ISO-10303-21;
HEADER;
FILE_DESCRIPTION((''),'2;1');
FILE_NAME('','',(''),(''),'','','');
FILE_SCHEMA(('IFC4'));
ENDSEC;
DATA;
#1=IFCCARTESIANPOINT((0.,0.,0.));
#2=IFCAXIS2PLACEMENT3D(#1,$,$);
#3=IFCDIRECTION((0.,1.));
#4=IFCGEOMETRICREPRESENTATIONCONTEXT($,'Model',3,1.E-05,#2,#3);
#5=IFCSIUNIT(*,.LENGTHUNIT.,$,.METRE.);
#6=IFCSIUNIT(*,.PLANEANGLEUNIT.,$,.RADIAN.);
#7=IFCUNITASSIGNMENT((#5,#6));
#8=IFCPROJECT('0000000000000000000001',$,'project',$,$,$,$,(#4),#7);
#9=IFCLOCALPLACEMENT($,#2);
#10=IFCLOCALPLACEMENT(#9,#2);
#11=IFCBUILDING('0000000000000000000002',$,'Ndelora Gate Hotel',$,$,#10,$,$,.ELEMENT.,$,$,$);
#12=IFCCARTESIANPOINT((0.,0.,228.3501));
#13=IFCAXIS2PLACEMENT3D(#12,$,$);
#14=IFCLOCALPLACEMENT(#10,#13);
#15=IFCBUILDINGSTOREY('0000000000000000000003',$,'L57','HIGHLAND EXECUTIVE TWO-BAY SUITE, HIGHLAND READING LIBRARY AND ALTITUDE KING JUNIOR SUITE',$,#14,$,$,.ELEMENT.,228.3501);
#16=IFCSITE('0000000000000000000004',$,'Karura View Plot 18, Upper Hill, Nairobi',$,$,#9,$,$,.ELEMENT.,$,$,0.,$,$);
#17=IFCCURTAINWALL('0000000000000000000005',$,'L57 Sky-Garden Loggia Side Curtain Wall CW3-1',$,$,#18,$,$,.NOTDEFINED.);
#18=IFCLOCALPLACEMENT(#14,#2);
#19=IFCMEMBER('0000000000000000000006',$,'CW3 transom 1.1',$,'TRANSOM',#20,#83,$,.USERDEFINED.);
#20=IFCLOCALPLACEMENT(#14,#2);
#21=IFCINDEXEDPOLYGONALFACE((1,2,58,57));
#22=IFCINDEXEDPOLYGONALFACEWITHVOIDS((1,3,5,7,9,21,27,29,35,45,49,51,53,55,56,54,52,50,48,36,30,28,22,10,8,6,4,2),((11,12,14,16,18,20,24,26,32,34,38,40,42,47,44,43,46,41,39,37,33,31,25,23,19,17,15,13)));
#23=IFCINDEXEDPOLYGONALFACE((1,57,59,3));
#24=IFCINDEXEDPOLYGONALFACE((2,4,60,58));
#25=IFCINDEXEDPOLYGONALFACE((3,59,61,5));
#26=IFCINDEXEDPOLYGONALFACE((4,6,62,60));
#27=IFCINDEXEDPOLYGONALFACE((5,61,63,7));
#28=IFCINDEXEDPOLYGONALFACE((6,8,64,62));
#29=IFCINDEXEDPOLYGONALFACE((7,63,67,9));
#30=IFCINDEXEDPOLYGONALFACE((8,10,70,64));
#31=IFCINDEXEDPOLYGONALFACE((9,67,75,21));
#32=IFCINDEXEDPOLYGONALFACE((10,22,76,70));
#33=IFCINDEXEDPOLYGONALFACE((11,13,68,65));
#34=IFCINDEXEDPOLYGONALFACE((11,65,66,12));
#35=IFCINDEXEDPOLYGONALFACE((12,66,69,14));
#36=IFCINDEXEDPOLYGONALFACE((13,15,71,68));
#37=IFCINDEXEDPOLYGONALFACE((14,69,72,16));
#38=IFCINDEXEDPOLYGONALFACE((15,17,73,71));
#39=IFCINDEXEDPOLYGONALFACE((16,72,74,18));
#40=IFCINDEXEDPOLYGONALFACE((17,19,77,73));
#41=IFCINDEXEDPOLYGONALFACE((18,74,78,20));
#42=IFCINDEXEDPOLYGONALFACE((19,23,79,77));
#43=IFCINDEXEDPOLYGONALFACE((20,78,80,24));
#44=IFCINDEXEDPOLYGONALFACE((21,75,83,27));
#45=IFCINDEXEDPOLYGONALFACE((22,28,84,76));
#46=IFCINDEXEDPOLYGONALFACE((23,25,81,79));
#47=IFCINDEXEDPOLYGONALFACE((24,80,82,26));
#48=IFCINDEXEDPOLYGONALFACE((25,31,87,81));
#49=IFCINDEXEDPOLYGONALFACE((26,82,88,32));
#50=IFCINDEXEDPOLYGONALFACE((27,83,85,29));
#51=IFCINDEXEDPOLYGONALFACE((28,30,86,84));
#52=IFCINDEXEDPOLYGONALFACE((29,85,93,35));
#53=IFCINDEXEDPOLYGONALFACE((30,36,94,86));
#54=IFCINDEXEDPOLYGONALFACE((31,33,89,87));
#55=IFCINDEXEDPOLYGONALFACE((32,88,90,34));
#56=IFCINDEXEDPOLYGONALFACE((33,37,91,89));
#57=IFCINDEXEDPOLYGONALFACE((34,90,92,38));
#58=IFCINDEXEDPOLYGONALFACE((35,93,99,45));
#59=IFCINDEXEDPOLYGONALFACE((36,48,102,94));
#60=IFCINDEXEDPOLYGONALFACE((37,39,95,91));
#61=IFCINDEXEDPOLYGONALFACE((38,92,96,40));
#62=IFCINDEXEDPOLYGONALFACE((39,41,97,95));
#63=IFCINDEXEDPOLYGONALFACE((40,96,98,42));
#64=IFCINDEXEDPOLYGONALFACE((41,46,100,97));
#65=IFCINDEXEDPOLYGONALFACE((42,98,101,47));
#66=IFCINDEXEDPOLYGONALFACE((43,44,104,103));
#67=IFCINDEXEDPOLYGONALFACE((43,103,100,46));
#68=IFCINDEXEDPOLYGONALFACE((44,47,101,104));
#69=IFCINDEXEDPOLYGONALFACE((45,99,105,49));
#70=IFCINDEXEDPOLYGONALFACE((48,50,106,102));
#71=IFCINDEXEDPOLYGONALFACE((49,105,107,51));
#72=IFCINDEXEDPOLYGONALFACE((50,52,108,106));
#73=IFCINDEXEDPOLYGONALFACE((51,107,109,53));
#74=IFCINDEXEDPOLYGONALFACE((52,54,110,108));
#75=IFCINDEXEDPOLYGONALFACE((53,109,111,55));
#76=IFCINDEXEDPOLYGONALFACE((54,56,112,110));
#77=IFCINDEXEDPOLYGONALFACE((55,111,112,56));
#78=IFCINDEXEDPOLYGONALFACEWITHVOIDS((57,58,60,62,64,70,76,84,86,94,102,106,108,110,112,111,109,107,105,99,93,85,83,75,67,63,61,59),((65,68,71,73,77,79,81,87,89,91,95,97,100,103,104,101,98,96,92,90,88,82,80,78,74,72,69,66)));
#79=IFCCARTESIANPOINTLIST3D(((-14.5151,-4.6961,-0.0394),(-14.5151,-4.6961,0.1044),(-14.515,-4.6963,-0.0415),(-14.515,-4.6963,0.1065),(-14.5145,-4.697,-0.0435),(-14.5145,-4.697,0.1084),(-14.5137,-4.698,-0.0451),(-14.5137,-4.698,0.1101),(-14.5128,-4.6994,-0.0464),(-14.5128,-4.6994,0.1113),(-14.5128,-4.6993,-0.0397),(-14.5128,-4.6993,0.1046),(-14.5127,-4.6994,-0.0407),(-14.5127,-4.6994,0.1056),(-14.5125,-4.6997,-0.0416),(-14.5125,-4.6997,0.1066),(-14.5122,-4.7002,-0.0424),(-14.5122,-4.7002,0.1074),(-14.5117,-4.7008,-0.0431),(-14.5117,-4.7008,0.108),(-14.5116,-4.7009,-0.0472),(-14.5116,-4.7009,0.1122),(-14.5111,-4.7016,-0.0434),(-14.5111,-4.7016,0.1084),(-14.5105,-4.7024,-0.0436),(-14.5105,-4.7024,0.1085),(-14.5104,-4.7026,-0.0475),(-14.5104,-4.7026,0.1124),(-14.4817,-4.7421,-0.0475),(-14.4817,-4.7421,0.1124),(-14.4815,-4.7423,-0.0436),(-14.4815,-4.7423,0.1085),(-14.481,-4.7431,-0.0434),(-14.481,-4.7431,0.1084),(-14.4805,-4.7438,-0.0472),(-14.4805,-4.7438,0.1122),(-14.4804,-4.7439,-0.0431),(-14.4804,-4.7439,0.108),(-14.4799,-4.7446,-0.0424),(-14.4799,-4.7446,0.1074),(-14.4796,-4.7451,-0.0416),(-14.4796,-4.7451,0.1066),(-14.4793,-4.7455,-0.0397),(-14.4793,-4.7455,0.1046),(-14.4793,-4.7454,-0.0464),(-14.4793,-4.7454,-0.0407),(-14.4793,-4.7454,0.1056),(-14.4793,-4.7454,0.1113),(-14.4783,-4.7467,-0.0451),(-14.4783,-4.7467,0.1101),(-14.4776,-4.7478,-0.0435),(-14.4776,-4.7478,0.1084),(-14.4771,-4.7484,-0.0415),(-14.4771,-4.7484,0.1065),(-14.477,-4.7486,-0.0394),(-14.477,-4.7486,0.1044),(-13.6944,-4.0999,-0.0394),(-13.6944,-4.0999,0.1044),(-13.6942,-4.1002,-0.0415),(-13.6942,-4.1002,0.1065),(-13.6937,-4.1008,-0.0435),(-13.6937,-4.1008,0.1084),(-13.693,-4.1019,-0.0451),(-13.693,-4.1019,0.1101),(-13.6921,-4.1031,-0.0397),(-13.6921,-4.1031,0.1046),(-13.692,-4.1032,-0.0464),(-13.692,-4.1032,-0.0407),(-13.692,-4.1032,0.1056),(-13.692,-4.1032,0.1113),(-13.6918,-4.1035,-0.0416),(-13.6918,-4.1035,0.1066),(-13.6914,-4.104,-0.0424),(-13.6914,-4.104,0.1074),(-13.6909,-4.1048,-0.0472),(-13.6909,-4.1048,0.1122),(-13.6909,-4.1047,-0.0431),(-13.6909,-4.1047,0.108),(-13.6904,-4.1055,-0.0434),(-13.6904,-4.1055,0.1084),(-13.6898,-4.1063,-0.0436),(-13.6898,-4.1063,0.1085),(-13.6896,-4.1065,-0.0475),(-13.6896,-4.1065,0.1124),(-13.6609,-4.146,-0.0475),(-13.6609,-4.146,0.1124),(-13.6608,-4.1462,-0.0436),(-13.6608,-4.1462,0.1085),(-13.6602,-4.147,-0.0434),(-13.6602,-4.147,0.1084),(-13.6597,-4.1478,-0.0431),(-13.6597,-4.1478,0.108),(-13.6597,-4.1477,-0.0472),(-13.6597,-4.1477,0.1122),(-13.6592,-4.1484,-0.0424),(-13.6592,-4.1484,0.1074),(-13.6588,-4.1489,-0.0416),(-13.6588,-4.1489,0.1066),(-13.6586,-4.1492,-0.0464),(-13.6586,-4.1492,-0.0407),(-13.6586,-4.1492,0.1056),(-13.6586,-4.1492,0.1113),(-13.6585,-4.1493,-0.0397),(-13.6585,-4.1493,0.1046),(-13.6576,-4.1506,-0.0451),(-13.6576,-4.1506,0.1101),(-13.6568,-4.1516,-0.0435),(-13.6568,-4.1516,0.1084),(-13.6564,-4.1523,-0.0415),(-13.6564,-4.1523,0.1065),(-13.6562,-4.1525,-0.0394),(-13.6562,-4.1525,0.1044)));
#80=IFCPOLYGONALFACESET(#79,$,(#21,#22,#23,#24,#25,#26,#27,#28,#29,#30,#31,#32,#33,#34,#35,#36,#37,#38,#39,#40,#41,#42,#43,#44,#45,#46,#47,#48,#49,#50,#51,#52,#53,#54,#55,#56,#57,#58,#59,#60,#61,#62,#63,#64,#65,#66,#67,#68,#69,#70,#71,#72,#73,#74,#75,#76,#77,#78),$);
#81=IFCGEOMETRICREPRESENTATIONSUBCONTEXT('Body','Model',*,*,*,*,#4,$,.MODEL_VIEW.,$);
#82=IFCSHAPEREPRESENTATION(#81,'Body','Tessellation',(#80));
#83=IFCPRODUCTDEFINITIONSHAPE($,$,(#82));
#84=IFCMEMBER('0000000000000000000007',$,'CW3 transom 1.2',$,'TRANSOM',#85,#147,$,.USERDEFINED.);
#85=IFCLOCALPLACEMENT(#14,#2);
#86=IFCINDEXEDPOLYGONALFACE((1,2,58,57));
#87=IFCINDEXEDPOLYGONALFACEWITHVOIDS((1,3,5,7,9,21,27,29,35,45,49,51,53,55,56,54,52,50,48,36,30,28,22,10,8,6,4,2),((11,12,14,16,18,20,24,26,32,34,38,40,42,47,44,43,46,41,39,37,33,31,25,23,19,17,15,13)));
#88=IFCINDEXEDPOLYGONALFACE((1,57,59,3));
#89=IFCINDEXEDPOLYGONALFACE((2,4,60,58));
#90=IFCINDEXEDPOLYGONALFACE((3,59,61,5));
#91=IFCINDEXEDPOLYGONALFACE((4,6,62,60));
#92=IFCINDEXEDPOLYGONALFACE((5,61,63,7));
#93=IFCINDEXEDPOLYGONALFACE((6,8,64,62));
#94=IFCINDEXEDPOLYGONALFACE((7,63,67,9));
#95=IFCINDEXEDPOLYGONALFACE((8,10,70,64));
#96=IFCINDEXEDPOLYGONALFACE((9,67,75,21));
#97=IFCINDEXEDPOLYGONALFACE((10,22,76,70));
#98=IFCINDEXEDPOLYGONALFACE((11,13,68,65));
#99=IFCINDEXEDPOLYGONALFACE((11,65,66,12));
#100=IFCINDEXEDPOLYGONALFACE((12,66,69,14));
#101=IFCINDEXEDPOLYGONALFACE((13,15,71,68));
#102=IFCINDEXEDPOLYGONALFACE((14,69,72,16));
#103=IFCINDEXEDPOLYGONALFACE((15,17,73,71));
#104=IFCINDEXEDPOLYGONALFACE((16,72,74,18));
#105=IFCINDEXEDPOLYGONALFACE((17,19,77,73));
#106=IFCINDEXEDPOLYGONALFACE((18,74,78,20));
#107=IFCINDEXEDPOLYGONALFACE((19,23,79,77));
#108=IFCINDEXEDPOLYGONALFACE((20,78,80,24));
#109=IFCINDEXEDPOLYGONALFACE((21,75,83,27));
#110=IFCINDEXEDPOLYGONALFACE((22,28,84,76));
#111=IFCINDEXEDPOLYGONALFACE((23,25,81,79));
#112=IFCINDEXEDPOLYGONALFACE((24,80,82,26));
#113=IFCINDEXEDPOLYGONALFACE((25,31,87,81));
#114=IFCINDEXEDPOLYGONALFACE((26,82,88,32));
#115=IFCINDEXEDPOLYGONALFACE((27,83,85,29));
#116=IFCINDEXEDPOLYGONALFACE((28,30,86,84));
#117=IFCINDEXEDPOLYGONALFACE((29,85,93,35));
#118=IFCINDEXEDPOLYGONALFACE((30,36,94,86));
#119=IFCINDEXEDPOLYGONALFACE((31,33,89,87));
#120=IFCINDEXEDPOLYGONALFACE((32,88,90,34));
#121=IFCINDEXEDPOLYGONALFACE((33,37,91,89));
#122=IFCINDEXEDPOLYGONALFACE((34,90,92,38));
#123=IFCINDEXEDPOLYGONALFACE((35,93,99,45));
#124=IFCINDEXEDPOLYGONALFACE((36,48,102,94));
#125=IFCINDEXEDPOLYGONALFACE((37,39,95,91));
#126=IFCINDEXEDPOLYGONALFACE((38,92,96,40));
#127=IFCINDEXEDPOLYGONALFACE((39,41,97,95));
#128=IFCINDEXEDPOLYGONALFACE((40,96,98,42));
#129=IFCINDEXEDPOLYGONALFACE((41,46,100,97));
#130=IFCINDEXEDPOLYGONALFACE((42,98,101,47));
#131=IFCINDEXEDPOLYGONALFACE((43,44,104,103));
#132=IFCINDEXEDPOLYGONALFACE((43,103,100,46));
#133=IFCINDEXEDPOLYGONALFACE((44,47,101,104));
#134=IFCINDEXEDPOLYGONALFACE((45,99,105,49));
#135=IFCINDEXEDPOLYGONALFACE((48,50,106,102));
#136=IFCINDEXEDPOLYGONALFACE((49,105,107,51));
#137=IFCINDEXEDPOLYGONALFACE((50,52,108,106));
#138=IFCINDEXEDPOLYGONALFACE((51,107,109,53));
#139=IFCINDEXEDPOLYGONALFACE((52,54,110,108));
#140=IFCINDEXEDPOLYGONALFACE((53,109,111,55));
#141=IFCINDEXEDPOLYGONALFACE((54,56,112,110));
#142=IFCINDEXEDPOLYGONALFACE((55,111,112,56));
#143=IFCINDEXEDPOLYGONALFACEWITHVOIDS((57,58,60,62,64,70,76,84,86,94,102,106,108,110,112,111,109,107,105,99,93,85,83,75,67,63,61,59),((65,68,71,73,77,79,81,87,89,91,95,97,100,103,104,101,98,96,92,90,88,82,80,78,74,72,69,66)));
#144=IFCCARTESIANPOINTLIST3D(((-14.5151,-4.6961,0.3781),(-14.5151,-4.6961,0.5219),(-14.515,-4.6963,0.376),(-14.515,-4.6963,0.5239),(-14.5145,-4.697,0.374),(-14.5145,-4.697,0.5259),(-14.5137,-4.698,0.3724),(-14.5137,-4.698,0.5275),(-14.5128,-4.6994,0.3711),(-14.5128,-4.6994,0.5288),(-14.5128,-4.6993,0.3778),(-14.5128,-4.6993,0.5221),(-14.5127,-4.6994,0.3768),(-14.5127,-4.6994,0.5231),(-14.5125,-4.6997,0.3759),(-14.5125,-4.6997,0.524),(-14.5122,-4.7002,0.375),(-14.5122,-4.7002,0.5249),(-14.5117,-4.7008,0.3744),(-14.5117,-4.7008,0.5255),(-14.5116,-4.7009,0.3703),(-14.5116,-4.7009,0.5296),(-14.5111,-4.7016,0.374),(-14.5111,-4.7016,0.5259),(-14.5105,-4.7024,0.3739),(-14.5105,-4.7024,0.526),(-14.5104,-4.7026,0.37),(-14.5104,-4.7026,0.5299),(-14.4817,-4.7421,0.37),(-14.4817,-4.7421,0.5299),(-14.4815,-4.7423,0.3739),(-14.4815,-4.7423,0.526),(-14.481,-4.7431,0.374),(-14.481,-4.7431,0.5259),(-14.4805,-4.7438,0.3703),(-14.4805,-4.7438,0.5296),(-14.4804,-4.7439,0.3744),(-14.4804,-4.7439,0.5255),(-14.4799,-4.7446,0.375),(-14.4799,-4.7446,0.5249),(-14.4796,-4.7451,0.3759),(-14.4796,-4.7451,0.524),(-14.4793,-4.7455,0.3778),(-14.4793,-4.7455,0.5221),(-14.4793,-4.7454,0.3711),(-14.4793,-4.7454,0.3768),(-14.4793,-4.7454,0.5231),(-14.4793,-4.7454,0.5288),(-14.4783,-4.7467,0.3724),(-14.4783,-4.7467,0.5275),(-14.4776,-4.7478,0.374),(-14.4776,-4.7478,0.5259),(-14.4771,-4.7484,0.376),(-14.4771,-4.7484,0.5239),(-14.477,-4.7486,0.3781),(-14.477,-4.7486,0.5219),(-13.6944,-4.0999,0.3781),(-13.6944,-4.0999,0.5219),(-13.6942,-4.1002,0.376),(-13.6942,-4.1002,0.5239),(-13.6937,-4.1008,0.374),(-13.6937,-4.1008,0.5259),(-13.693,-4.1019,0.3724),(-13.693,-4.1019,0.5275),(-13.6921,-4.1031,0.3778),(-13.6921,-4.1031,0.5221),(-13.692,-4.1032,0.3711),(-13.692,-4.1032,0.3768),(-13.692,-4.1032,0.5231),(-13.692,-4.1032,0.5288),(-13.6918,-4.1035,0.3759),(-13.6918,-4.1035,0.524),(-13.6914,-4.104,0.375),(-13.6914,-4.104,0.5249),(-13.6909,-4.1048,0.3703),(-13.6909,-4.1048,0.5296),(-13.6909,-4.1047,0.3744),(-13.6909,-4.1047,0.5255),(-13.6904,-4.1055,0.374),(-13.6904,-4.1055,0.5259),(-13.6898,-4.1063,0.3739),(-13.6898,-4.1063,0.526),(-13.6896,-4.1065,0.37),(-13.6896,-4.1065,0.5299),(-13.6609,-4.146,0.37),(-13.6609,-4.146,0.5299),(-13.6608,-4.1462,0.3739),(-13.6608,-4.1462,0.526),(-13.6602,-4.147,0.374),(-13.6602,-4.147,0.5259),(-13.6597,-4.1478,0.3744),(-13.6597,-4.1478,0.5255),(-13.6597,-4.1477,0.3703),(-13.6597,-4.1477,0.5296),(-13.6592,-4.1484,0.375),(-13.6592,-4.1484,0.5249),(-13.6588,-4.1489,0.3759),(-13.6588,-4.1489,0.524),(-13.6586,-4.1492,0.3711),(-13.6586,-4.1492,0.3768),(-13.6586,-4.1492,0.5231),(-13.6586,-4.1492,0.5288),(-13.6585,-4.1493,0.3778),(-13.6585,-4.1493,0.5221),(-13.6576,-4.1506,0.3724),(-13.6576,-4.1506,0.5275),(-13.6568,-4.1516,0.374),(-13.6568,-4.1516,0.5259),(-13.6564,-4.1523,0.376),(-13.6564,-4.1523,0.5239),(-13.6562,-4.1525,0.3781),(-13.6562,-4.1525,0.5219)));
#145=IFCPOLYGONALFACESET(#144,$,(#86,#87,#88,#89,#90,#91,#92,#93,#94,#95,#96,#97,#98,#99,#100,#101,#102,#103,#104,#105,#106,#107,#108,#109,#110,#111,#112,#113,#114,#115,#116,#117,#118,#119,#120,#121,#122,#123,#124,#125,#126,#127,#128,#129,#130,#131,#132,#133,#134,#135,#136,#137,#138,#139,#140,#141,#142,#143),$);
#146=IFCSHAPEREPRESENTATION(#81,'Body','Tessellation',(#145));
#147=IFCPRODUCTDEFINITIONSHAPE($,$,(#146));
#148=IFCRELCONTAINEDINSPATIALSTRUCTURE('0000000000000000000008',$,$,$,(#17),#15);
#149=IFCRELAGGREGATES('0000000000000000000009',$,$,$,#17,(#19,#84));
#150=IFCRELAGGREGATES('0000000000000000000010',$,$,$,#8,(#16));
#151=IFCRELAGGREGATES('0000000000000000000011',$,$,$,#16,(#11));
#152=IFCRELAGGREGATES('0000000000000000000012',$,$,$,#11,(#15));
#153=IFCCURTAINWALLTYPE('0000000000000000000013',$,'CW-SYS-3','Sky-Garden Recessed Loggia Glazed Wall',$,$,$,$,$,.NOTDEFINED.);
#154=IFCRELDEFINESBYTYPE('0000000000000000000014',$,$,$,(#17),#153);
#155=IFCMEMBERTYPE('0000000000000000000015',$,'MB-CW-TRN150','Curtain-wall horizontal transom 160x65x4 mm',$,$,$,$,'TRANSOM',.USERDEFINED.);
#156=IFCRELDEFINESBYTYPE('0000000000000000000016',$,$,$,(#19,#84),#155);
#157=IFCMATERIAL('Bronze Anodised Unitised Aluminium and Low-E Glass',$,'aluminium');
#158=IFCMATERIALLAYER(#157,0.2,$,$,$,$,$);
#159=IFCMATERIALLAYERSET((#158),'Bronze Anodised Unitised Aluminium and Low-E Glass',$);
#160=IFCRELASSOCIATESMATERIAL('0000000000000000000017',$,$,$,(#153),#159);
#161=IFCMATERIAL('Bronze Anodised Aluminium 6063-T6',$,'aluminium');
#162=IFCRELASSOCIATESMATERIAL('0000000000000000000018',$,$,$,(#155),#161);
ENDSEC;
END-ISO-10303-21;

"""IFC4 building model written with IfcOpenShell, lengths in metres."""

from ifc_helpers import new_model, si_unit, direction, frame, origin, origin_2d, place, context, subcontext, project, spatial, hollow_rectangle, extrude, material, layer, layer_set, material_profile, profile_set, type_object, element, aggregate, save


model = new_model("IFC4")

# Units and contexts
model_context = context("Model", 3, precision=1e-05, world=origin(), true_north=direction((0.0, 1.0)))
body_context = subcontext(model_context, "Body", "Model", "MODEL_VIEW")
ifc_project = project(units=[si_unit("LENGTHUNIT", "METRE"), si_unit("PLANEANGLEUNIT", "RADIAN")], contexts=[model_context])

# Site, building, storey
site_placement = place(None, origin())
site = spatial("IfcSite", under=ifc_project, at=site_placement, Name="Karura View Plot 18, Upper Hill, Nairobi", CompositionType="ELEMENT", RefElevation=0.0)
building_placement = place(site_placement, origin())
building = spatial("IfcBuilding", under=site, at=building_placement, Name="Ndelora Gate Hotel", CompositionType="ELEMENT")
storey_placement = place(building_placement, frame((0.0, 0.0, 228.3501)))
storey = spatial("IfcBuildingStorey", under=building, at=storey_placement, Name="L57", Description="HIGHLAND EXECUTIVE TWO-BAY SUITE, HIGHLAND READING LIBRARY AND ALTITUDE KING JUNIOR SUITE", CompositionType="ELEMENT", Elevation=228.3501)

# Curtain wall, members
ifc_material_1 = material(Name="Bronze Anodised Unitised Aluminium and Low-E Glass", Category="aluminium")
ifc_layer_1 = layer(ifc_material_1, 0.2)
ifc_layer_set_1 = layer_set([ifc_layer_1], Name="Bronze Anodised Unitised Aluminium and Low-E Glass")
curtain_wall_type = type_object("IfcCurtainWallType", Name="CW-SYS-3", Description="Sky-Garden Recessed Loggia Glazed Wall", PredefinedType="NOTDEFINED", material=ifc_layer_set_1)
curtain_wall_placement = place(storey_placement, origin())
curtain_wall = element("IfcCurtainWall", 1, at=curtain_wall_placement, inside=storey, type_object=curtain_wall_type, Name="L57 Sky-Garden Loggia Side Curtain Wall CW3-1", PredefinedType="NOTDEFINED")
ifc_material_2 = material(Name="Bronze Anodised Aluminium 6063-T6", Category="aluminium")
ifc_material_profile_1 = material_profile(ifc_material_2, hollow_rectangle(XDim=0.0649, YDim=0.1599, WallThickness=0.0039, InnerFilletRadius=0.0039, OuterFilletRadius=0.0081, at=origin_2d()), Name="ALU 160x65x4")
ifc_profile_set_1 = profile_set([ifc_material_profile_1], Name="Bronze Anodised Aluminium 6063-T6")
member_type_1 = type_object("IfcMemberType", Name="MB-CW-TRN150", Description="Curtain-wall horizontal transom 160x65x4 mm", ElementType="TRANSOM", PredefinedType="USERDEFINED", material=ifc_profile_set_1)
member_1_placement = place(storey_placement, frame((-13.6753, -4.1262, 0.0325), z_axis=(-0.80909, -0.587685, 0.0), x_axis=(0.587685, -0.80909, 0.0)))
member_1 = element("IfcMember", 2, at=member_1_placement, type_object=member_type_1, Name="CW3 transom 1.1", ObjectType="TRANSOM", PredefinedType="USERDEFINED", context=body_context, shape_type="SweptSolid", body=[
    extrude(hollow_rectangle(XDim=0.0649, YDim=0.1599, WallThickness=0.0039, InnerFilletRadius=0.0039, OuterFilletRadius=0.0081, at=origin_2d()), origin(), (0.0, 0.0, 1.0), 1.0144),
])
member_2_placement = place(storey_placement, frame((-13.6753, -4.1262, 0.45), z_axis=(-0.80909, -0.587685, 0.0), x_axis=(0.587685, -0.80909, 0.0)))
member_2 = element("IfcMember", 3, at=member_2_placement, type_object=member_type_1, Name="CW3 transom 1.2", ObjectType="TRANSOM", PredefinedType="USERDEFINED", context=body_context, shape_type="SweptSolid", body=[
    extrude(hollow_rectangle(XDim=0.0649, YDim=0.1599, WallThickness=0.0039, InnerFilletRadius=0.0039, OuterFilletRadius=0.0081, at=origin_2d()), origin(), (0.0, 0.0, 1.0), 1.0144),
])
aggregate(curtain_wall, [member_1, member_2])

save(model, "model.ifc")
